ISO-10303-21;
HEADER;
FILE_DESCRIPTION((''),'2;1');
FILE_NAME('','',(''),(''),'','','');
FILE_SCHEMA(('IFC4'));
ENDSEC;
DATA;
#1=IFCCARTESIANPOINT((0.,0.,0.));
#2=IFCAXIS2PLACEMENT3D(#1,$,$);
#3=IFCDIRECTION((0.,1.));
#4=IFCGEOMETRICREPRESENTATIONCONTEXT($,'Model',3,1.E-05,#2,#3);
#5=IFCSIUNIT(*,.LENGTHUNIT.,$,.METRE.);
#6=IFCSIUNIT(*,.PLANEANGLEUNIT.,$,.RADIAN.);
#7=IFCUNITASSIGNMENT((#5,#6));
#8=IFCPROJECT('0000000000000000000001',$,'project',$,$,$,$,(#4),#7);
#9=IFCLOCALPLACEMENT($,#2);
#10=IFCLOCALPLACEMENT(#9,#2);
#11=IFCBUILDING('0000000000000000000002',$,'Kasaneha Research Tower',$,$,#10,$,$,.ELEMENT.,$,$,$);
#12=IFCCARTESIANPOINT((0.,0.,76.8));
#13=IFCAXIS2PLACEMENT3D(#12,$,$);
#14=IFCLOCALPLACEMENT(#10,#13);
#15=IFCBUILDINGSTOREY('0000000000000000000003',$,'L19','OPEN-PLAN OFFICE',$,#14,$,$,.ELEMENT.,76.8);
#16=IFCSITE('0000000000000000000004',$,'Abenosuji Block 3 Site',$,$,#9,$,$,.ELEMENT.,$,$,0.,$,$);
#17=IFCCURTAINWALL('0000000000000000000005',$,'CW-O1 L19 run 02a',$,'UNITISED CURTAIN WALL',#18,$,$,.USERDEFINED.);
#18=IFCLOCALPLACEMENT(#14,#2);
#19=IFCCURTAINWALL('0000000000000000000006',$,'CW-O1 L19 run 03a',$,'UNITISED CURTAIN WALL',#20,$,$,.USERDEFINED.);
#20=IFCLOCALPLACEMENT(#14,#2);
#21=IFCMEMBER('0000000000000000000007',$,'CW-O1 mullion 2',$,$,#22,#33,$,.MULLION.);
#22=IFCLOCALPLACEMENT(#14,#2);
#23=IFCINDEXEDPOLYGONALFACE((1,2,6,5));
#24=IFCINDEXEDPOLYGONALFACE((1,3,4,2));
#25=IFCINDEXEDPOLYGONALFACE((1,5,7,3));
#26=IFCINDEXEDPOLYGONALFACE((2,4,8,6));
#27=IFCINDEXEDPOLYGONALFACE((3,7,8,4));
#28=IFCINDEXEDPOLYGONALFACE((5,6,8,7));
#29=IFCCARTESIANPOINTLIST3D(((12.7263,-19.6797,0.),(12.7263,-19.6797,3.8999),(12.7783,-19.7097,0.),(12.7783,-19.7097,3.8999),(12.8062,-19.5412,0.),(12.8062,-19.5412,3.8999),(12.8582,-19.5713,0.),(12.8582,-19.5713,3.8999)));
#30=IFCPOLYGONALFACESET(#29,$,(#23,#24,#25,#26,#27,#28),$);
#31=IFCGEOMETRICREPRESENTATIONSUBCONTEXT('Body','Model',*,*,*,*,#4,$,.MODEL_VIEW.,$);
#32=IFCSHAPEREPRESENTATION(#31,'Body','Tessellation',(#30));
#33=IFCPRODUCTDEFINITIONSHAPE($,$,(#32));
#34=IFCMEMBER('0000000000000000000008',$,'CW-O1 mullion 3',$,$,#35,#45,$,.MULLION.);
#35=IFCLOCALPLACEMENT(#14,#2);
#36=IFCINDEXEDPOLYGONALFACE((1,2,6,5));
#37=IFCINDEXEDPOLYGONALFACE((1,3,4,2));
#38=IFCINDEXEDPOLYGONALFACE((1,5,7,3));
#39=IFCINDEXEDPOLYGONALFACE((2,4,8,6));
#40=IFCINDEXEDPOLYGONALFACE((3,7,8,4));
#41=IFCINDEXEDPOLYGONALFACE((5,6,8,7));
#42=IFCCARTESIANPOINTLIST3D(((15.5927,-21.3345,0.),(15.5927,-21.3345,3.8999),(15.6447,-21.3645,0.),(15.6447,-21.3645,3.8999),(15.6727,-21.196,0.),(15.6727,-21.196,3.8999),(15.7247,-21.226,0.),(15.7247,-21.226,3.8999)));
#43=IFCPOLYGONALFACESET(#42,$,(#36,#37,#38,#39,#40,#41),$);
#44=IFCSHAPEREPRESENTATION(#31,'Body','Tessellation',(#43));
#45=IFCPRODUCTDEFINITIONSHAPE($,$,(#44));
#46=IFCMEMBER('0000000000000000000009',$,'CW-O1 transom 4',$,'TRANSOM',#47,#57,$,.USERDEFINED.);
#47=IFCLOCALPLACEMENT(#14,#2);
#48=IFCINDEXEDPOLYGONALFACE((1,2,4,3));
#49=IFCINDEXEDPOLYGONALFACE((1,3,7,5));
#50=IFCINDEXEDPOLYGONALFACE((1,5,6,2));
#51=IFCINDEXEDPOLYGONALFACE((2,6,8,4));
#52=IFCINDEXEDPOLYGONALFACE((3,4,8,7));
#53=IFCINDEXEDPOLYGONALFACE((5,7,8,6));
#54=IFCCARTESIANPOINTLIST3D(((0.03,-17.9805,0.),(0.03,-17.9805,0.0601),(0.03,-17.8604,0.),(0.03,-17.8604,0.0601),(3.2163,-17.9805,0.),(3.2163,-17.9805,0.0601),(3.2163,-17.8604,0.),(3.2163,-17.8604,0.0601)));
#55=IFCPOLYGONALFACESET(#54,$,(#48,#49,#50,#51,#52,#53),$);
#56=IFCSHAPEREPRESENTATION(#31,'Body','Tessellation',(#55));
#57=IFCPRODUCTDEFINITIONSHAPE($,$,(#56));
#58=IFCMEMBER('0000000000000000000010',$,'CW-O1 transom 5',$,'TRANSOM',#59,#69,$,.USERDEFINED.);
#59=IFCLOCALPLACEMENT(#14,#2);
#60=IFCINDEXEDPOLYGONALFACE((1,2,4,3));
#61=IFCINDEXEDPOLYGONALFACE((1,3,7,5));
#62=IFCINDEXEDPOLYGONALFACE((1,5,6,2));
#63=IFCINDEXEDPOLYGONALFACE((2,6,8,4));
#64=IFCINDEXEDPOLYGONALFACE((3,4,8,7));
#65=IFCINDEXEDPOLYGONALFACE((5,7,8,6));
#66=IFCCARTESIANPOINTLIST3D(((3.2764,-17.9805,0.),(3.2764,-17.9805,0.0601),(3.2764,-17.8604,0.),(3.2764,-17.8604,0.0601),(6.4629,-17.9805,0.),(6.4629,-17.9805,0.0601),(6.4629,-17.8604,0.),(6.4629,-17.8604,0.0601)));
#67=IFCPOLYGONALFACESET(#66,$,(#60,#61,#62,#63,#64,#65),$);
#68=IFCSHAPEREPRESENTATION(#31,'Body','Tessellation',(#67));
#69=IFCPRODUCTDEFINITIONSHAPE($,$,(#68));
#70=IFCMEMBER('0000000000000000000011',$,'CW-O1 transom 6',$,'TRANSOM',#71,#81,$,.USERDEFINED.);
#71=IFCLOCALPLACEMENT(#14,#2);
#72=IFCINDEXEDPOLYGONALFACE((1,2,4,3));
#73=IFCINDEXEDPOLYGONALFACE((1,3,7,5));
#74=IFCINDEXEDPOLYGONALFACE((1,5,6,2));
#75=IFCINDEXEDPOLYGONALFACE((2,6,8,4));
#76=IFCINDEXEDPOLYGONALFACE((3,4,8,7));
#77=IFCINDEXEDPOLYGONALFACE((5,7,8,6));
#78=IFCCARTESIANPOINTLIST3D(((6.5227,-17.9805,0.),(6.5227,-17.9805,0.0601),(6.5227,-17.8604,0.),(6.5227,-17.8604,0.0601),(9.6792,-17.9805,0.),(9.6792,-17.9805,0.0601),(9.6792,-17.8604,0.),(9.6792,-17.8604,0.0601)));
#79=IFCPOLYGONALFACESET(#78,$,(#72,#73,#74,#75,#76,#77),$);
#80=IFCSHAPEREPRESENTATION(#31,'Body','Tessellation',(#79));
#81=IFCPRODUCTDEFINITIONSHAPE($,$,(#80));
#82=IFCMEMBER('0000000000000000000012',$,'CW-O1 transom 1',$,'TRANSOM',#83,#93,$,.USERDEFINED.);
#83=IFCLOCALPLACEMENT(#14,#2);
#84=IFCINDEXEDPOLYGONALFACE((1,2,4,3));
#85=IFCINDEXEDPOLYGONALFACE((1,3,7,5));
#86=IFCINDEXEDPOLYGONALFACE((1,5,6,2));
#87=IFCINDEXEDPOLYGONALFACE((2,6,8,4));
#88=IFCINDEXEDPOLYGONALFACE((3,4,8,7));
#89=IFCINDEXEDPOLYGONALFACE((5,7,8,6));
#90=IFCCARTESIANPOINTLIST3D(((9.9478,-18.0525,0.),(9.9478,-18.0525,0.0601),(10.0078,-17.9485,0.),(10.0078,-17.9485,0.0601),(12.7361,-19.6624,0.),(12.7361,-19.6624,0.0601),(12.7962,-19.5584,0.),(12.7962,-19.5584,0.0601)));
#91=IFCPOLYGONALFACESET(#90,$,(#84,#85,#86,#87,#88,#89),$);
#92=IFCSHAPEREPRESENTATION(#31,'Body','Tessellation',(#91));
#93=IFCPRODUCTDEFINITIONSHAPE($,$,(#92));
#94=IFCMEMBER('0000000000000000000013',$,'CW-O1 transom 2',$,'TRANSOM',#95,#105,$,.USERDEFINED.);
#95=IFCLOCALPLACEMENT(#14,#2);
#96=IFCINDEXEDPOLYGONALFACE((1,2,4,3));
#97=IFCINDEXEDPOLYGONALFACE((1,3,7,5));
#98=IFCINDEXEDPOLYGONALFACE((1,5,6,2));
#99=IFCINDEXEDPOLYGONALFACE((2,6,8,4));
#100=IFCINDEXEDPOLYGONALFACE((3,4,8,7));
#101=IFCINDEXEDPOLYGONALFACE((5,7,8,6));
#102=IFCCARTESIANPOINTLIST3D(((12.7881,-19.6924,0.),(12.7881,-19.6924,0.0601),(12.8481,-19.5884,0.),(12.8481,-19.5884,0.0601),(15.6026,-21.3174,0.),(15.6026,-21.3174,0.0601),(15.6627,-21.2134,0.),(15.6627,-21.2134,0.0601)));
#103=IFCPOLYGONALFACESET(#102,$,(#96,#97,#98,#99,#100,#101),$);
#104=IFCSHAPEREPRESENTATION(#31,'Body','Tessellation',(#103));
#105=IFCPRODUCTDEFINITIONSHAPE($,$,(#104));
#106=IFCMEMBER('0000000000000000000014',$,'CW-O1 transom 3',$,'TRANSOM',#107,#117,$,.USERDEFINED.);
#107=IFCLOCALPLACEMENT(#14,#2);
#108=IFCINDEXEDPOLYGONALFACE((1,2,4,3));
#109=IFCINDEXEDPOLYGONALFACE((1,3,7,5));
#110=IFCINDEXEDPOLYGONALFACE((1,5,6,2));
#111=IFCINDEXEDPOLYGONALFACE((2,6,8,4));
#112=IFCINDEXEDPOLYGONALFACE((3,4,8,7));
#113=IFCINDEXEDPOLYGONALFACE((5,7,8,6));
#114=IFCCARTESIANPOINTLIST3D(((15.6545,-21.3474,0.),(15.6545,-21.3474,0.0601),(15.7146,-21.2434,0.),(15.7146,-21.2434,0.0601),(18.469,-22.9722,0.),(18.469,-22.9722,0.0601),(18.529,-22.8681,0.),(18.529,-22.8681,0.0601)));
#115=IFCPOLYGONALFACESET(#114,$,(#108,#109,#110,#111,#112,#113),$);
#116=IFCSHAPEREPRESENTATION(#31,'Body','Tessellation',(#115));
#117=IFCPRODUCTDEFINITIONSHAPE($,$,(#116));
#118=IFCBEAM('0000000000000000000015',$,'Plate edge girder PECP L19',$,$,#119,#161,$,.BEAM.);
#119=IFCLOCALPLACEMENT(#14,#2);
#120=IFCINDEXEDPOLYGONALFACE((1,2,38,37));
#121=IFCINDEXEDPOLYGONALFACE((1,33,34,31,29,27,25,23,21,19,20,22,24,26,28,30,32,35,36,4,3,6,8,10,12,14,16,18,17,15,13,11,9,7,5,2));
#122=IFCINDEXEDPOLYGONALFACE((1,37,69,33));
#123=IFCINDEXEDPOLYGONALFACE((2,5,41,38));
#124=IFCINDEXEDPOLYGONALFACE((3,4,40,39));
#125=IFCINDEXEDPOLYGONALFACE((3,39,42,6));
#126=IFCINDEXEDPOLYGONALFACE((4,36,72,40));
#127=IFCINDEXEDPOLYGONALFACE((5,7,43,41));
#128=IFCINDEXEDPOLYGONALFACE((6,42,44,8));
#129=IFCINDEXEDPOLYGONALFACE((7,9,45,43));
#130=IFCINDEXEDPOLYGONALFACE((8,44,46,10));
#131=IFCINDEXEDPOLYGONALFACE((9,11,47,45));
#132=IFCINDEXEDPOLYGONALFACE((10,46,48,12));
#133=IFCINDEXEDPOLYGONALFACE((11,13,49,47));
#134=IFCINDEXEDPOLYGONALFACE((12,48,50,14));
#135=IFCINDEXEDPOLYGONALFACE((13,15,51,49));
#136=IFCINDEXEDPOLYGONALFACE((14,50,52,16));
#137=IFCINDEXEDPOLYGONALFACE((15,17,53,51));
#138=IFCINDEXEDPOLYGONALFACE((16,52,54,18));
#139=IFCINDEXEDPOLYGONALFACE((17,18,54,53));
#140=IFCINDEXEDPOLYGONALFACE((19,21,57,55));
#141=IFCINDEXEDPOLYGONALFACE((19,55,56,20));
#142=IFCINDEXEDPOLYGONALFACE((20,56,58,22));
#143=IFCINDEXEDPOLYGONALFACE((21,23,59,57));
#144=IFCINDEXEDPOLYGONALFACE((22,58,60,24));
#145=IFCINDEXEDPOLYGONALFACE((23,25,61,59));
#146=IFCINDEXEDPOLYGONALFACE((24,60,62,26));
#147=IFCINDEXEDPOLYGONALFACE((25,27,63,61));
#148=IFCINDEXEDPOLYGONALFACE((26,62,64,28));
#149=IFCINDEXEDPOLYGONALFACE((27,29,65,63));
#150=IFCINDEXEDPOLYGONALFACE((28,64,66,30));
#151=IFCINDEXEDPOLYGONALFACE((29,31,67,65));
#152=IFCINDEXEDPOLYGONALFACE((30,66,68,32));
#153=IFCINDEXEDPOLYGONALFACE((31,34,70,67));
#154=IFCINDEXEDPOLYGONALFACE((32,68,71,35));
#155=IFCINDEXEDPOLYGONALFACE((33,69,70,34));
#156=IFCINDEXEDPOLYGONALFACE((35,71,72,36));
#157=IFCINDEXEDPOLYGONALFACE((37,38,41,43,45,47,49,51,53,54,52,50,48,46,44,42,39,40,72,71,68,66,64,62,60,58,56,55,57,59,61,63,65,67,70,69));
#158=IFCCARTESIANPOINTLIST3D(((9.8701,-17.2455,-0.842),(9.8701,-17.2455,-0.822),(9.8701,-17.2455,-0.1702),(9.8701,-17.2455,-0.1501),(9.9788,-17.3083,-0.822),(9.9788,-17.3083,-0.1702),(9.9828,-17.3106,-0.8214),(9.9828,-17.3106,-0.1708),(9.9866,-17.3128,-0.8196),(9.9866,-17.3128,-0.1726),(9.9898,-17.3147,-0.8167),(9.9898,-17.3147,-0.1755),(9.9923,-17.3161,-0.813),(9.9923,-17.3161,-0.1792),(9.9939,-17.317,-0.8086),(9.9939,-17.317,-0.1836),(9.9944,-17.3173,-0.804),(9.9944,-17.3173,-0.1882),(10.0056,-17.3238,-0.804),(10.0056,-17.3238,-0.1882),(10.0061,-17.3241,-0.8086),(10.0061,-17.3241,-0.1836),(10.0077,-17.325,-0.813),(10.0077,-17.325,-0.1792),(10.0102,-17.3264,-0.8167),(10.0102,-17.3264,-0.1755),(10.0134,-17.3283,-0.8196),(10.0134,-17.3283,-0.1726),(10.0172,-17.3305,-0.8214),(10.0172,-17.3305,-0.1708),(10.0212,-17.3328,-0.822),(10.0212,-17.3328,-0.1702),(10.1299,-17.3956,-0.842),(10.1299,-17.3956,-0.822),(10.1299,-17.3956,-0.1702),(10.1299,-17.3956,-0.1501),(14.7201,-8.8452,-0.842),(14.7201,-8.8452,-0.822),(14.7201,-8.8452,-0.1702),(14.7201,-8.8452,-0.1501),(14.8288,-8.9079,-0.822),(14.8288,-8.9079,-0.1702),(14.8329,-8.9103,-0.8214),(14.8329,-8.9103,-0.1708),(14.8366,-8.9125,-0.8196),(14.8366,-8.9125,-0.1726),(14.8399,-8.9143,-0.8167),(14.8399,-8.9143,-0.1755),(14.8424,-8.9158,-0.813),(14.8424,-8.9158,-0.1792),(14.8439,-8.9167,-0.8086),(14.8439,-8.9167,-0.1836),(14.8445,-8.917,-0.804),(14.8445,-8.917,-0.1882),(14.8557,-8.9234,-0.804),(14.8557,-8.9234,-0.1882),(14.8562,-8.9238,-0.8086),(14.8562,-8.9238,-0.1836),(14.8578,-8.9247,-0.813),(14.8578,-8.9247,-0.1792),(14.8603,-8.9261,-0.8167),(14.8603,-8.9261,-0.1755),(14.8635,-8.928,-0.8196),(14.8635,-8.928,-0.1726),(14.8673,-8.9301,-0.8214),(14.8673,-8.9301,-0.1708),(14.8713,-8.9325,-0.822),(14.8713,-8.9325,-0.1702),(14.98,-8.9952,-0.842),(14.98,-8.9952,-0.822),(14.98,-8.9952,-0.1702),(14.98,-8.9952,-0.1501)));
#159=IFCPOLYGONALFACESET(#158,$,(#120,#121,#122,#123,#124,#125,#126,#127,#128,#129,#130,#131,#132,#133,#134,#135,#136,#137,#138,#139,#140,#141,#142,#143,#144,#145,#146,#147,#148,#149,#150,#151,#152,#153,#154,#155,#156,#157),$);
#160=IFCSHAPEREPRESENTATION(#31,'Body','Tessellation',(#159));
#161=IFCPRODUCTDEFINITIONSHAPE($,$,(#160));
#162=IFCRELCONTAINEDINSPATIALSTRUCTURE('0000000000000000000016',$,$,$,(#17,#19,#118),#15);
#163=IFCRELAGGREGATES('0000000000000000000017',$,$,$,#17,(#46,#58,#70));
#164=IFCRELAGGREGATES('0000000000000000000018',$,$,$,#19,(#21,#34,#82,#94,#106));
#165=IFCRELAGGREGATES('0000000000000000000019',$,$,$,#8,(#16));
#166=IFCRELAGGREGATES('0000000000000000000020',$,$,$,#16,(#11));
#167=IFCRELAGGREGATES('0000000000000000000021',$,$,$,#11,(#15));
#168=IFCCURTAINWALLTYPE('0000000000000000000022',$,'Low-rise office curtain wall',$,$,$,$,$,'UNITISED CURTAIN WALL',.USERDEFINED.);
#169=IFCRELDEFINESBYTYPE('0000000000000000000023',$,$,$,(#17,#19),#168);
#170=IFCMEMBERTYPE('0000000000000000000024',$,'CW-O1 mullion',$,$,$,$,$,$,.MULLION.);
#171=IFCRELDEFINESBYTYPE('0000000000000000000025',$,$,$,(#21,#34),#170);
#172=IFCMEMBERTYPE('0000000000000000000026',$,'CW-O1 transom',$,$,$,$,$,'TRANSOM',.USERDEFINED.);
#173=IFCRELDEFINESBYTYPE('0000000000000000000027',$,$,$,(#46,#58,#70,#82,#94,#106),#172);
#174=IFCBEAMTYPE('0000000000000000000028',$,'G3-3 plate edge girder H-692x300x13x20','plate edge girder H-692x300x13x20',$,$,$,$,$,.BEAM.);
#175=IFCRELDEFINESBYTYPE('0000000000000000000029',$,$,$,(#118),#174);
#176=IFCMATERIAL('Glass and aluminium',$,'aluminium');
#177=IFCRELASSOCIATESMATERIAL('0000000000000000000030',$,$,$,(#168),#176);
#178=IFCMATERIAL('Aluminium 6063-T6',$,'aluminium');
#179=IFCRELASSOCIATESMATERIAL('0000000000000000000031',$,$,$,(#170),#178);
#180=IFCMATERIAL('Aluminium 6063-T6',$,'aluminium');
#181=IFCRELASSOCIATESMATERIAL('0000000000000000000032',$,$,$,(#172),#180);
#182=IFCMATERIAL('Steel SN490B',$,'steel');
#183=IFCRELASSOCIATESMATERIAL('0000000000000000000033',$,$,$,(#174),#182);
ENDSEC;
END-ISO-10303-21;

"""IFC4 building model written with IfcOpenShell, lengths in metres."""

from ifc_helpers import new_model, si_unit, direction, frame, origin, origin_2d, place, context, subcontext, project, spatial, rectangle, i_section, extrude, material, material_profile, profile_set, type_object, element, aggregate, save


model = new_model("IFC4")

# Units and contexts
model_context = context("Model", 3, precision=1e-05, world=origin(), true_north=direction((0.0, 1.0)))
body_context = subcontext(model_context, "Body", "Model", "MODEL_VIEW")
ifc_project = project(units=[si_unit("LENGTHUNIT", "METRE"), si_unit("PLANEANGLEUNIT", "RADIAN")], contexts=[model_context])

# Site, building, storey
site_placement = place(None, origin())
site = spatial("IfcSite", under=ifc_project, at=site_placement, Name="Abenosuji Block 3 Site", CompositionType="ELEMENT", RefElevation=0.0)
building_placement = place(site_placement, origin())
building = spatial("IfcBuilding", under=site, at=building_placement, Name="Kasaneha Research Tower", CompositionType="ELEMENT")
storey_placement = place(building_placement, frame((0.0, 0.0, 76.8)))
storey = spatial("IfcBuildingStorey", under=building, at=storey_placement, Name="L19", Description="OPEN-PLAN OFFICE", CompositionType="ELEMENT", Elevation=76.8)

# Curtain walls, members
ifc_material_1 = material(Name="Glass and aluminium", Category="aluminium")
curtain_wall_type = type_object("IfcCurtainWallType", Name="Low-rise office curtain wall", ElementType="UNITISED CURTAIN WALL", PredefinedType="USERDEFINED", material=ifc_material_1)
curtain_wall_1_placement = place(storey_placement, origin())
curtain_wall_1 = element("IfcCurtainWall", 1, at=curtain_wall_1_placement, inside=storey, type_object=curtain_wall_type, Name="CW-O1 L19 run 02a", ObjectType="UNITISED CURTAIN WALL", PredefinedType="USERDEFINED")
ifc_material_2 = material(Name="Aluminium 6063-T6", Category="aluminium")
ifc_material_profile_1 = material_profile(ifc_material_2, rectangle(XDim=0.0601, YDim=0.1599, at=origin_2d()), Name="CW-O1 mullion 60x160")
ifc_profile_set_1 = profile_set([ifc_material_profile_1], Name="Aluminium 6063-T6")
member_type_1 = type_object("IfcMemberType", Name="CW-O1 mullion", PredefinedType="MULLION", material=ifc_profile_set_1)
curtain_wall_2_placement = place(storey_placement, origin())
curtain_wall_2 = element("IfcCurtainWall", 2, at=curtain_wall_2_placement, inside=storey, type_object=curtain_wall_type, Name="CW-O1 L19 run 03a", ObjectType="UNITISED CURTAIN WALL", PredefinedType="USERDEFINED")
member_1_placement = place(storey_placement, frame((12.7922, -19.6255, 0.0), z_axis=(0.0, 0.0, 1.0), x_axis=(0.866025, -0.5, 0.0)))
member_1 = element("IfcMember", 3, at=member_1_placement, type_object=member_type_1, Name="CW-O1 mullion 2", PredefinedType="MULLION", context=body_context, shape_type="SweptSolid", body=[
    extrude(rectangle(XDim=0.0601, YDim=0.1599, at=origin_2d()), origin(), (0.0, 0.0, 1.0), 3.8999),
])
member_2_placement = place(storey_placement, frame((15.6587, -21.2803, 0.0), z_axis=(0.0, 0.0, 1.0), x_axis=(0.866025, -0.5, 0.0)))
member_2 = element("IfcMember", 4, at=member_2_placement, type_object=member_type_1, Name="CW-O1 mullion 3", PredefinedType="MULLION", context=body_context, shape_type="SweptSolid", body=[
    extrude(rectangle(XDim=0.0601, YDim=0.1599, at=origin_2d()), origin(), (0.0, 0.0, 1.0), 3.8999),
])

# Members
ifc_material_3 = material(Name="Aluminium 6063-T6", Category="aluminium")
ifc_material_profile_2 = material_profile(ifc_material_3, rectangle(XDim=0.1201, YDim=0.0601, at=origin_2d()), Name="CW-O1 transom 120x60")
ifc_profile_set_2 = profile_set([ifc_material_profile_2], Name="Aluminium 6063-T6")
member_type_2 = type_object("IfcMemberType", Name="CW-O1 transom", ElementType="TRANSOM", PredefinedType="USERDEFINED", material=ifc_profile_set_2)
member_3_placement = place(storey_placement, frame((0.03, -17.9204, 0.03), z_axis=(1.0, 0.0, 0.0), x_axis=(0.0, 1.0, 0.0)))
member_3 = element("IfcMember", 5, at=member_3_placement, type_object=member_type_2, Name="CW-O1 transom 4", ObjectType="TRANSOM", PredefinedType="USERDEFINED", context=body_context, shape_type="SweptSolid", body=[
    extrude(rectangle(XDim=0.1201, YDim=0.0601, at=origin_2d()), origin(), (0.0, 0.0, 1.0), 3.1863),
])
member_4_placement = place(storey_placement, frame((3.2764, -17.9204, 0.03), z_axis=(1.0, 0.0, 0.0), x_axis=(0.0, 1.0, 0.0)))
member_4 = element("IfcMember", 6, at=member_4_placement, type_object=member_type_2, Name="CW-O1 transom 5", ObjectType="TRANSOM", PredefinedType="USERDEFINED", context=body_context, shape_type="SweptSolid", body=[
    extrude(rectangle(XDim=0.1201, YDim=0.0601, at=origin_2d()), origin(), (0.0, 0.0, 1.0), 3.1865),
])
member_5_placement = place(storey_placement, frame((6.5227, -17.9204, 0.03), z_axis=(1.0, 0.0, 0.0), x_axis=(0.0, 1.0, 0.0)))
member_5 = element("IfcMember", 7, at=member_5_placement, type_object=member_type_2, Name="CW-O1 transom 6", ObjectType="TRANSOM", PredefinedType="USERDEFINED", context=body_context, shape_type="SweptSolid", body=[
    extrude(rectangle(XDim=0.1201, YDim=0.0601, at=origin_2d()), origin(), (0.0, 0.0, 1.0), 3.1565),
])
member_6_placement = place(storey_placement, frame((9.9778, -18.0005, 0.03), z_axis=(0.866023, -0.500005, 0.0), x_axis=(0.500005, 0.866023, 0.0)))
member_6 = element("IfcMember", 8, at=member_6_placement, type_object=member_type_2, Name="CW-O1 transom 1", ObjectType="TRANSOM", PredefinedType="USERDEFINED", context=body_context, shape_type="SweptSolid", body=[
    extrude(rectangle(XDim=0.1201, YDim=0.0601, at=origin_2d()), origin(), (0.0, 0.0, 1.0), 3.2197),
])
member_7_placement = place(storey_placement, frame((12.8181, -19.6404, 0.03), z_axis=(0.866015, -0.500017, 0.0), x_axis=(0.500017, 0.866015, 0.0)))
member_7 = element("IfcMember", 9, at=member_7_placement, type_object=member_type_2, Name="CW-O1 transom 2", ObjectType="TRANSOM", PredefinedType="USERDEFINED", context=body_context, shape_type="SweptSolid", body=[
    extrude(rectangle(XDim=0.1201, YDim=0.0601, at=origin_2d()), origin(), (0.0, 0.0, 1.0), 3.25),
])
member_8_placement = place(storey_placement, frame((15.6846, -21.2954, 0.03), z_axis=(0.866048, -0.499961, 0.0), x_axis=(0.499961, 0.866048, 0.0)))
member_8 = element("IfcMember", 10, at=member_8_placement, type_object=member_type_2, Name="CW-O1 transom 3", ObjectType="TRANSOM", PredefinedType="USERDEFINED", context=body_context, shape_type="SweptSolid", body=[
    extrude(rectangle(XDim=0.1201, YDim=0.0601, at=origin_2d()), origin(), (0.0, 0.0, 1.0), 3.2498),
])

# Beam
ifc_material_4 = material(Name="Steel SN490B", Category="steel")
ifc_material_profile_3 = material_profile(ifc_material_4, i_section(OverallWidth=0.3, OverallDepth=0.6919, WebThickness=0.0129, FlangeThickness=0.02, FilletRadius=0.0181, at=origin_2d()), Name="H-692x300x13x20")
ifc_profile_set_3 = profile_set([ifc_material_profile_3], Name="Steel SN490B")
beam_type_1 = type_object("IfcBeamType", Name="G3-3 plate edge girder H-692x300x13x20", Description="plate edge girder H-692x300x13x20", PredefinedType="BEAM", material=ifc_profile_set_3)
beam_1_placement = place(storey_placement, frame((10.0, -17.3206, -0.4961), z_axis=(0.50001, 0.86602, 0.0), x_axis=(-0.86602, 0.50001, 0.0)))
element("IfcBeam", 11, at=beam_1_placement, inside=storey, type_object=beam_type_1, Name="Plate edge girder PECP L19", PredefinedType="BEAM", context=body_context, shape_type="SweptSolid", body=[
    extrude(i_section(OverallWidth=0.3, OverallDepth=0.6919, WebThickness=0.0129, FlangeThickness=0.02, FilletRadius=0.0181, at=origin_2d()), origin(), (0.0, 0.0, 1.0), 9.7),
])

aggregate(curtain_wall_1, [member_3, member_4, member_5])
aggregate(curtain_wall_2, [member_1, member_2, member_6, member_7, member_8])

save(model, "model.ifc")
